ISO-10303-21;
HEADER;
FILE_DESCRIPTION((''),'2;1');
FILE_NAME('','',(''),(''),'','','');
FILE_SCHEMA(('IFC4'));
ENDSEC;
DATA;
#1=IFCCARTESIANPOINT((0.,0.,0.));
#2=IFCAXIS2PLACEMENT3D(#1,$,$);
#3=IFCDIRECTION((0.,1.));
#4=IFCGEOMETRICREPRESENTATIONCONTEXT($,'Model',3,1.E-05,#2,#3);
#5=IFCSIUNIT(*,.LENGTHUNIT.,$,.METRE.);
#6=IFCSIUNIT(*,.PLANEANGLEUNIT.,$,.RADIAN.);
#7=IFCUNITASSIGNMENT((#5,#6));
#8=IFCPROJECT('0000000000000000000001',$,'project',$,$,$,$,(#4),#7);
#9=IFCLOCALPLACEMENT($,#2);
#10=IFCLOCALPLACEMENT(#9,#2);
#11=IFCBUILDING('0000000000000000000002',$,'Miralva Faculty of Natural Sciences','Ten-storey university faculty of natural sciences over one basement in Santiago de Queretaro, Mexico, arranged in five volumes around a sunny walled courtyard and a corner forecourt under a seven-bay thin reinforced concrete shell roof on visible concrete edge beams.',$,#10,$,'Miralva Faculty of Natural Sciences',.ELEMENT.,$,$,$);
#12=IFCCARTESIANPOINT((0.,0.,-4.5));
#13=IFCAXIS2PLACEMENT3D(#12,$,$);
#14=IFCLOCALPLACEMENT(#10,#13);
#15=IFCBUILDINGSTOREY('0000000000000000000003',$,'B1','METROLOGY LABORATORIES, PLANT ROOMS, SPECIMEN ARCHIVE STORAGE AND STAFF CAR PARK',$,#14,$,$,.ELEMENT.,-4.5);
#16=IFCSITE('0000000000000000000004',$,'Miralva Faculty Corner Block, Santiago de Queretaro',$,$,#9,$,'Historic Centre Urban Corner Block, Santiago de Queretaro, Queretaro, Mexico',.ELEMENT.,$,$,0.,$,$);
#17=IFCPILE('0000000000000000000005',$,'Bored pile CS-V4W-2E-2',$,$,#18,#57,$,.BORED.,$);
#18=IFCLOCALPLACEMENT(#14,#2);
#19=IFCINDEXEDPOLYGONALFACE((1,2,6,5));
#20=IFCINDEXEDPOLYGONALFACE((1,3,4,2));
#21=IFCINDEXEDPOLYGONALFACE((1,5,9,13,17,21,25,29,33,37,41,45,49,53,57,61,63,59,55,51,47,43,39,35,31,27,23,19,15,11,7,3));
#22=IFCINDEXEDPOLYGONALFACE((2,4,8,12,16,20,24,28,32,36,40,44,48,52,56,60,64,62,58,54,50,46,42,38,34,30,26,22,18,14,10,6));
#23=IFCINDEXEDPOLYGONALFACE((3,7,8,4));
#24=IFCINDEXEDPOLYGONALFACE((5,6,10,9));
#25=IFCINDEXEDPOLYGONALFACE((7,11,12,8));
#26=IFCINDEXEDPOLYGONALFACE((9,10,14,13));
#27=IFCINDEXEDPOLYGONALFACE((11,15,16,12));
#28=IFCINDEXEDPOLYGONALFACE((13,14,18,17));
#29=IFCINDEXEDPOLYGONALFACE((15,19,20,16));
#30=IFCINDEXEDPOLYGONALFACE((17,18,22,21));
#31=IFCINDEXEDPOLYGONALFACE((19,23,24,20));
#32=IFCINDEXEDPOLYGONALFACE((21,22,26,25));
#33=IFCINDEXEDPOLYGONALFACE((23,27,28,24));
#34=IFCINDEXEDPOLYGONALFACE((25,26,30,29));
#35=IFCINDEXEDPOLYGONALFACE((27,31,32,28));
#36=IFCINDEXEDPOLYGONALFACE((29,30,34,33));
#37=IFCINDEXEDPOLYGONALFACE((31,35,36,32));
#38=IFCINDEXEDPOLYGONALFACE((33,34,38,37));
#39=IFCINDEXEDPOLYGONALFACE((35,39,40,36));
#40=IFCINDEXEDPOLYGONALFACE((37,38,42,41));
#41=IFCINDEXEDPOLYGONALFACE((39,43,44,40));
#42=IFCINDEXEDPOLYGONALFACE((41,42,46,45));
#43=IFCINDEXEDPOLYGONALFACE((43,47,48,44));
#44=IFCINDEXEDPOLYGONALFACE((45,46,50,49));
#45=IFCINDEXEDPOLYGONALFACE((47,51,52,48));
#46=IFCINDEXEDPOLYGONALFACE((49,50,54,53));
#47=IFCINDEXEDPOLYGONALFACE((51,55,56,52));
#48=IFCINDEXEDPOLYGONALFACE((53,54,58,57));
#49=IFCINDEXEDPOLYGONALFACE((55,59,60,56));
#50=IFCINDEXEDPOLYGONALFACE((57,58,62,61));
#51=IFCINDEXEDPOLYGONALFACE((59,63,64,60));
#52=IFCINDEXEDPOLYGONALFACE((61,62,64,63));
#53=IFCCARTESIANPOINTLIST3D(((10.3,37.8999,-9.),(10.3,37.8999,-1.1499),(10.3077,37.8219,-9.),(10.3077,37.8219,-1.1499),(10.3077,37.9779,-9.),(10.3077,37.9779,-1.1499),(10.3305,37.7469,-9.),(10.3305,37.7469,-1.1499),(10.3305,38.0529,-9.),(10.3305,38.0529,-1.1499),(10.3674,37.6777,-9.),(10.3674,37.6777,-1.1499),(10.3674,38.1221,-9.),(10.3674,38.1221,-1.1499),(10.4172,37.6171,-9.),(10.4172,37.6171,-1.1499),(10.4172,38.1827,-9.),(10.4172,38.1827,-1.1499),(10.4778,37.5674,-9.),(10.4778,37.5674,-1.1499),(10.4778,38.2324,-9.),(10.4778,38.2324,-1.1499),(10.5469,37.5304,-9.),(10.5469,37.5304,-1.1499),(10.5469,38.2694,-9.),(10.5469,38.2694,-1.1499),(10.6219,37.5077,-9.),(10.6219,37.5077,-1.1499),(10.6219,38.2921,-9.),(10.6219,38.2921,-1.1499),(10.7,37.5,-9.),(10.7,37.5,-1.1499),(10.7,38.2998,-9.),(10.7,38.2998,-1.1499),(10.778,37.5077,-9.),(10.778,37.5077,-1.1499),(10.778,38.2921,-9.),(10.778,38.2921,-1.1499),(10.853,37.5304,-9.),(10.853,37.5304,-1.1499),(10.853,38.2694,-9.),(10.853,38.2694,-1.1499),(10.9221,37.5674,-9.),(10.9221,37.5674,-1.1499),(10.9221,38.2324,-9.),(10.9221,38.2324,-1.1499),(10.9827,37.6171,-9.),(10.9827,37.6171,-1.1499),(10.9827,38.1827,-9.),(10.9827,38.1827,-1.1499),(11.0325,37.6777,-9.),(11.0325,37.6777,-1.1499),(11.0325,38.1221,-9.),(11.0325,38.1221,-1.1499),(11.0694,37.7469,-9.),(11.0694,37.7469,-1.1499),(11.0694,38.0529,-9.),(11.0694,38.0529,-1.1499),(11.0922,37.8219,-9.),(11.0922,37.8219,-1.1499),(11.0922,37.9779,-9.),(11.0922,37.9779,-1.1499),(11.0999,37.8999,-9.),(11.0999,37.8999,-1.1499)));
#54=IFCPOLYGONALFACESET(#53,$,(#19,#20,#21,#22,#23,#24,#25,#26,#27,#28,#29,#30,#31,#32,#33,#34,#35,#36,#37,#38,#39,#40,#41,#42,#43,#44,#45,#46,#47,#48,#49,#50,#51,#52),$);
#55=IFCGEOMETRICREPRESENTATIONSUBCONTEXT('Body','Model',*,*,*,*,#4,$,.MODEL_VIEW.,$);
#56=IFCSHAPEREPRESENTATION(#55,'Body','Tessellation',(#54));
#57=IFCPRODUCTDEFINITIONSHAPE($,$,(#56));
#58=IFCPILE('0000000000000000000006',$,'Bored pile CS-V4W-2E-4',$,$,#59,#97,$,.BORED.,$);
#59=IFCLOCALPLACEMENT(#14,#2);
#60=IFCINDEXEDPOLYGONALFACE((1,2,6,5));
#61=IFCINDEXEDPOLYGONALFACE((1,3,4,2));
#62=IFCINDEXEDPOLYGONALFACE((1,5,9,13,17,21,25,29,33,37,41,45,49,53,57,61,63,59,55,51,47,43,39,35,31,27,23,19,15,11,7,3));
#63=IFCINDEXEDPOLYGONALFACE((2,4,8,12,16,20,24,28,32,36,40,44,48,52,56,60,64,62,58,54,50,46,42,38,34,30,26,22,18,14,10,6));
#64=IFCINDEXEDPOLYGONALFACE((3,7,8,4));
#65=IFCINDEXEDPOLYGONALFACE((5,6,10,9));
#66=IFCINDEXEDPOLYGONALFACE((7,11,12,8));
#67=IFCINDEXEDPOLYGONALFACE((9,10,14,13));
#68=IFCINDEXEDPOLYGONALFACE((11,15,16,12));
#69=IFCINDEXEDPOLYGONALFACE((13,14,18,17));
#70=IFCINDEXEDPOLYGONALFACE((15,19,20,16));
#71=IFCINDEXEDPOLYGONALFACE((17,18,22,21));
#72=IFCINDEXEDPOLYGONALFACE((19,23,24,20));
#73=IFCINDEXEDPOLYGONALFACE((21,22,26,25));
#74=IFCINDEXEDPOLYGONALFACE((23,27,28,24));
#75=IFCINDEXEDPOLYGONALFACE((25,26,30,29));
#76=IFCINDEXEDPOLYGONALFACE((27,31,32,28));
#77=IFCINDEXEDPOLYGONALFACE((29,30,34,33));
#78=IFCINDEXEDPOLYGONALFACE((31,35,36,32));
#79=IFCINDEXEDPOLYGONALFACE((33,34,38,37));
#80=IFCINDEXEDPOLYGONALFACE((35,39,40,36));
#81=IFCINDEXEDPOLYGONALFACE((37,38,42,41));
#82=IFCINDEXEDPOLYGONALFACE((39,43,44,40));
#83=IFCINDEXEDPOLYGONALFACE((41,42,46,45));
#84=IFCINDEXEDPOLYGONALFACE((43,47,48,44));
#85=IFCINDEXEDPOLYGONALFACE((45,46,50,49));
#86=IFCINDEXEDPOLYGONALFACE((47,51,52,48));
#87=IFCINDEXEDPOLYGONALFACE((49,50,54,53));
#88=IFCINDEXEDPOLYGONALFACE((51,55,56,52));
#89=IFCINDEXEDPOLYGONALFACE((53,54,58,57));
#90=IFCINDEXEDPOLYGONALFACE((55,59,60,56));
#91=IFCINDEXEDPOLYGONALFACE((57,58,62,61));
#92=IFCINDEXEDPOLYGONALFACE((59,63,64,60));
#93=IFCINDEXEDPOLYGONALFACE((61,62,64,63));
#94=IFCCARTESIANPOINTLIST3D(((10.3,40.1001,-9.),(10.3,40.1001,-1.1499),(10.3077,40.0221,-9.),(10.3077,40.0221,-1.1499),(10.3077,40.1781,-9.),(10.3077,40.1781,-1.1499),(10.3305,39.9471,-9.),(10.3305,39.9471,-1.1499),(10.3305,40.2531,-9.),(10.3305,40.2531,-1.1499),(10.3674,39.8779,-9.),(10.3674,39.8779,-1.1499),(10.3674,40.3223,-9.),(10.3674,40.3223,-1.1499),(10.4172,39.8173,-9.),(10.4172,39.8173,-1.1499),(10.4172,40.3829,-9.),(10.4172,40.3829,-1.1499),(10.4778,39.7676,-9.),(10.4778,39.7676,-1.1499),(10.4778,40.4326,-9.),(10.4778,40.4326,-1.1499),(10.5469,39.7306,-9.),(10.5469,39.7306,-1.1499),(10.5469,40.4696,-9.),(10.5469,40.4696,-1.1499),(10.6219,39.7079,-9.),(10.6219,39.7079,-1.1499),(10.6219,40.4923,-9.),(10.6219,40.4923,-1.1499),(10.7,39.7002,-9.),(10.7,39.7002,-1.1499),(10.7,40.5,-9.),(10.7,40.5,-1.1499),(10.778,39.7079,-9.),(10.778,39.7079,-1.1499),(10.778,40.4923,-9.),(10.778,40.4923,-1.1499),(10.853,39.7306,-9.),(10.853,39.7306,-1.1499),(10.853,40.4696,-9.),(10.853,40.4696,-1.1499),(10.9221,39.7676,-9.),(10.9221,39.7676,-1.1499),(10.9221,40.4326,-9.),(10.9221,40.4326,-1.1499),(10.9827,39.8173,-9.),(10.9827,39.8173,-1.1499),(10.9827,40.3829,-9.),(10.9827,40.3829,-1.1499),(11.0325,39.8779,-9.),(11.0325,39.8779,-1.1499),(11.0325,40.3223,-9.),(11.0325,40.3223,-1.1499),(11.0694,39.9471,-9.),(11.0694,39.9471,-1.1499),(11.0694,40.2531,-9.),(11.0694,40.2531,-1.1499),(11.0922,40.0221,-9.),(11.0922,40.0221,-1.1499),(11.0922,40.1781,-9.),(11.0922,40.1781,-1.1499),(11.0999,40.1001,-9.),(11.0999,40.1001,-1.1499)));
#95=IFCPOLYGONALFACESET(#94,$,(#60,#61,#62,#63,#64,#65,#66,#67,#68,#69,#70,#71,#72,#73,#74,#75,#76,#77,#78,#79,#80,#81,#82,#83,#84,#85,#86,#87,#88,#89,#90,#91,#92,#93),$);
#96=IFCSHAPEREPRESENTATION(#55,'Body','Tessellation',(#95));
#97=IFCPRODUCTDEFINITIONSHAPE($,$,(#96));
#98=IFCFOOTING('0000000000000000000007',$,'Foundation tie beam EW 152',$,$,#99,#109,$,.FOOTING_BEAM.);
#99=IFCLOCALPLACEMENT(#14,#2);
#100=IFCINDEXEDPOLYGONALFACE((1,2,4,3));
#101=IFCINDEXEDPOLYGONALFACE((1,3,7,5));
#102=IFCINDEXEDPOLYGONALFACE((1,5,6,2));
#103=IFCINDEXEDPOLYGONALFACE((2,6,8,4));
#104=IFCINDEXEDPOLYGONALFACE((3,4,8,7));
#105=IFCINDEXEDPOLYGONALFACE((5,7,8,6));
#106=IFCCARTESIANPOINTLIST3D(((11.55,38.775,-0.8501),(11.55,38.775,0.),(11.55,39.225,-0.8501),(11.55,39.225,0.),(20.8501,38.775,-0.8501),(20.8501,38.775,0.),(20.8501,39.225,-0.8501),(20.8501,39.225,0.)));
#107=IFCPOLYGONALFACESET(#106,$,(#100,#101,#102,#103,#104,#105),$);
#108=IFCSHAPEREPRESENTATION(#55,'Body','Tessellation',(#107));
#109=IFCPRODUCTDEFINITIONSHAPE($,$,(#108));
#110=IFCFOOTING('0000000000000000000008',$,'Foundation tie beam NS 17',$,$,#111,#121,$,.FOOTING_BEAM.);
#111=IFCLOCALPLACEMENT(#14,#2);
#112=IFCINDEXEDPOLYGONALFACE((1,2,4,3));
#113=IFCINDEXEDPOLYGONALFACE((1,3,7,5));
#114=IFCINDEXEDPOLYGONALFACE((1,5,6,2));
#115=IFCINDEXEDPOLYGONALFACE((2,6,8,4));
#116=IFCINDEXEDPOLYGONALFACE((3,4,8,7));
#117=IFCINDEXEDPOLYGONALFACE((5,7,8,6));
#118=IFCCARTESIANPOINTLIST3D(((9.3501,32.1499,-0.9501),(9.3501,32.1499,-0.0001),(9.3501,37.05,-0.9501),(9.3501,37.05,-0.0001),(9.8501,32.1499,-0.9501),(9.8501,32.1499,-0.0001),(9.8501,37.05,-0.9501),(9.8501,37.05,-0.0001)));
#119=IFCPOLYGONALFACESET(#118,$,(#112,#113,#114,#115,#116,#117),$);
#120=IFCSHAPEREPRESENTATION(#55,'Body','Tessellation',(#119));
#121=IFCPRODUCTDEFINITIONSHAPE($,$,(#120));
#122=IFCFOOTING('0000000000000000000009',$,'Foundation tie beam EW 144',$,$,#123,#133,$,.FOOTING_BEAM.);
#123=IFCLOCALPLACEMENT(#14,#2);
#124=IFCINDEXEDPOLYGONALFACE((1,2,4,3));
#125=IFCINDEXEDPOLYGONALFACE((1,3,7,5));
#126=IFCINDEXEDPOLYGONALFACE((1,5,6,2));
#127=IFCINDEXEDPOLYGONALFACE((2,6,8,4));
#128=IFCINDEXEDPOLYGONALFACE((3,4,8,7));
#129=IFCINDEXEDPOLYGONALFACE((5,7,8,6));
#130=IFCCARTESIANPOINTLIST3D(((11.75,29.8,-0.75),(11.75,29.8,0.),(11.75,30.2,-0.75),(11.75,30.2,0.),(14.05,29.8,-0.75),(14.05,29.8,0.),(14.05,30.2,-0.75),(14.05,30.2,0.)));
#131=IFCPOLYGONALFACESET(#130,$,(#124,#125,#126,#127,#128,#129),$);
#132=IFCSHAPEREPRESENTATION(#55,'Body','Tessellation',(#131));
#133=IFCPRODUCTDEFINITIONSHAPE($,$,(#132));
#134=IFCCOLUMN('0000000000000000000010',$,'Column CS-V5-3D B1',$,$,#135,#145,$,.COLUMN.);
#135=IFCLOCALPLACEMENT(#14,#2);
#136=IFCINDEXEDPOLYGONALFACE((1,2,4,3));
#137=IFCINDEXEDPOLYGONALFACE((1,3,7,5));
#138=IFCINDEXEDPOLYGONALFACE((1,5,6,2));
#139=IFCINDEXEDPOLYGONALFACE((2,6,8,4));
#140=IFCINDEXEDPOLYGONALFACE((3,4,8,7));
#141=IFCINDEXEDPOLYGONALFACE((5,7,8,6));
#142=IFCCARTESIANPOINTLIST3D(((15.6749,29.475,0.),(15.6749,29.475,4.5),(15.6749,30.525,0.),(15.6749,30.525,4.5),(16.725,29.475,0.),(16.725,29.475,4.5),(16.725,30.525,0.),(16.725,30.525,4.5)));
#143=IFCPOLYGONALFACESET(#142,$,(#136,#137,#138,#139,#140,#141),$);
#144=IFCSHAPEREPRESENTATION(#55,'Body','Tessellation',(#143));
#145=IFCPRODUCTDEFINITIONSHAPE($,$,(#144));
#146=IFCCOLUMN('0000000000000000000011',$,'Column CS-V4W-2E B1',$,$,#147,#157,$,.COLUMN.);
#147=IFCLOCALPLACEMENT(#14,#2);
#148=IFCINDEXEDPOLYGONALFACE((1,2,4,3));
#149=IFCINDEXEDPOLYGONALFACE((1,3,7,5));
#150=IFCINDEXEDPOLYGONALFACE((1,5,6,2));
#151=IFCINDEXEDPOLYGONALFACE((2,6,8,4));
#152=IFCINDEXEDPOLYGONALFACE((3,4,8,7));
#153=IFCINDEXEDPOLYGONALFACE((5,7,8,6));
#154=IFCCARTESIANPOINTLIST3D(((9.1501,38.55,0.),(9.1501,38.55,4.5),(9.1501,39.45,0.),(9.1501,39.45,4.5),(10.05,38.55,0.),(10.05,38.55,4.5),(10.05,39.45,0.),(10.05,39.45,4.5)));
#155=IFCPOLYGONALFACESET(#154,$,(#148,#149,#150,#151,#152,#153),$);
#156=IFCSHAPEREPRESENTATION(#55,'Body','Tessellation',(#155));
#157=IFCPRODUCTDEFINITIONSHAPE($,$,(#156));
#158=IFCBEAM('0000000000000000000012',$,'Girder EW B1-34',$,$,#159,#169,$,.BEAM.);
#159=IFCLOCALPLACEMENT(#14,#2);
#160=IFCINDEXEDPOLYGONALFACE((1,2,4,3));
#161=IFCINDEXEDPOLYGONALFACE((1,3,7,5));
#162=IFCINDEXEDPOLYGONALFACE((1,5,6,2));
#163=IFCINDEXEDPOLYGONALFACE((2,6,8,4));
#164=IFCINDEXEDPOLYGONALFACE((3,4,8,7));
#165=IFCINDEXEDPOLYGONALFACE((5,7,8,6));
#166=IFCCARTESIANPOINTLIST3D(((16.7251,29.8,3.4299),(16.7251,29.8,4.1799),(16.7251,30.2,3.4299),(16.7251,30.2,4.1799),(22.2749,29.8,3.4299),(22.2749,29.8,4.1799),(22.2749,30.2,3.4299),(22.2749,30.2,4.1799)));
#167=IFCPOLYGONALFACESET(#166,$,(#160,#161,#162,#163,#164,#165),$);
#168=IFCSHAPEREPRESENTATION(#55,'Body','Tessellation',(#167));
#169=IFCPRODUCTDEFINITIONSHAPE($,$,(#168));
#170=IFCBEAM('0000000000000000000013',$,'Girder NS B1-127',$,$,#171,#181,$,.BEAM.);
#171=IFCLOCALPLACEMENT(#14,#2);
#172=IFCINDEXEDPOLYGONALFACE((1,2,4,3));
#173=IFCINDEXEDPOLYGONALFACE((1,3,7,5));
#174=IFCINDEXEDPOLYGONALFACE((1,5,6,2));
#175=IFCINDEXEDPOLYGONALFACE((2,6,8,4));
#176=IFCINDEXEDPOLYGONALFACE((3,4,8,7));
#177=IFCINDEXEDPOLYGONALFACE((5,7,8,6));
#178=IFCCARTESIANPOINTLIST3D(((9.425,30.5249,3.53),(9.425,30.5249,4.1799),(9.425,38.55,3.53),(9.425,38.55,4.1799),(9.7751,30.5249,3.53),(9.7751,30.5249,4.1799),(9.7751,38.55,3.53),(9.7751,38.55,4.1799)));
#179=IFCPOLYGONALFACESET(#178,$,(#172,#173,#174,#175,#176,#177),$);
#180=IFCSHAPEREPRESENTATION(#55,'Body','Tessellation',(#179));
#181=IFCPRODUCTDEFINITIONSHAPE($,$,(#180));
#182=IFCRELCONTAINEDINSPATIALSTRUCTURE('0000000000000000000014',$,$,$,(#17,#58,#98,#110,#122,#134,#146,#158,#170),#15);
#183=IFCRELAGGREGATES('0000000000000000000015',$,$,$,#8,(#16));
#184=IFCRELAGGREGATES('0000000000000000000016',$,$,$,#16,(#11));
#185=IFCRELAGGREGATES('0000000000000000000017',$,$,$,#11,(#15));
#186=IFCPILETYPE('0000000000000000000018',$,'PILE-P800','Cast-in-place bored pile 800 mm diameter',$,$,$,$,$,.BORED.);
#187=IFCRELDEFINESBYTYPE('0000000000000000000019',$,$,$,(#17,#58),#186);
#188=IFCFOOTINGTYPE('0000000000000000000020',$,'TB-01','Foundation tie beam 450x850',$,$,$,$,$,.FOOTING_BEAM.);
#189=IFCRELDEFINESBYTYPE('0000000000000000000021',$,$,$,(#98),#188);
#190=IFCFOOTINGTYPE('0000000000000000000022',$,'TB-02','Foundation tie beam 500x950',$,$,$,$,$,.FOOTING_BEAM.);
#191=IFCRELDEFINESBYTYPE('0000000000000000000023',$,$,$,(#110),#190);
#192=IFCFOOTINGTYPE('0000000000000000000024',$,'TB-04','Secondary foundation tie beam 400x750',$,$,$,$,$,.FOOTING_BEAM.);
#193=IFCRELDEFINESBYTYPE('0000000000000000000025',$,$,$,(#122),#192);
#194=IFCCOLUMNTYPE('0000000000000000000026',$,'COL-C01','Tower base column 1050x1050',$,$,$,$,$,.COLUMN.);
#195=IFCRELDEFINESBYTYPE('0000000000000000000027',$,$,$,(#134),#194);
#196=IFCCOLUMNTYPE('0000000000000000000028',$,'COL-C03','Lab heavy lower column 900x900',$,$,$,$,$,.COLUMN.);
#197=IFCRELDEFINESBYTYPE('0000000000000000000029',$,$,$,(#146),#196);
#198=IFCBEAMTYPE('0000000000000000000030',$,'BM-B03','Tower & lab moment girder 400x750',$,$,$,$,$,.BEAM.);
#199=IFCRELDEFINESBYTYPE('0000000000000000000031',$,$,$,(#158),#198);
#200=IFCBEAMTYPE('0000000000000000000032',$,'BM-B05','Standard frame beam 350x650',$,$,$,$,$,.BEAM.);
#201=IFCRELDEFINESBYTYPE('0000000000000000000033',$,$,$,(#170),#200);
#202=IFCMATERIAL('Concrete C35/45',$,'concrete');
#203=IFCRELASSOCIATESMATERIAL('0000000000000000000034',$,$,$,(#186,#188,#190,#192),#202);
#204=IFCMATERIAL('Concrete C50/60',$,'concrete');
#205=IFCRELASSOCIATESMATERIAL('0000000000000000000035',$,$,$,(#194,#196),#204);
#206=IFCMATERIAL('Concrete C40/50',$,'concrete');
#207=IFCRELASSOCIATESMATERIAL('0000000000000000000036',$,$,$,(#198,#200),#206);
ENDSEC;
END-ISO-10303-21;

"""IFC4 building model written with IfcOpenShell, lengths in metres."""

from ifc_helpers import new_model, si_unit, direction, frame, origin, origin_2d, place, context, subcontext, project, spatial, rectangle, circle, extrude, material, material_profile, profile_set, type_object, element, save


model = new_model("IFC4")

# Units and contexts
model_context = context("Model", 3, precision=1e-05, world=origin(), true_north=direction((0.0, 1.0)))
body_context = subcontext(model_context, "Body", "Model", "MODEL_VIEW")
ifc_project = project(units=[si_unit("LENGTHUNIT", "METRE"), si_unit("PLANEANGLEUNIT", "RADIAN")], contexts=[model_context])

# Site, building, storey
site_placement = place(None, origin())
site = spatial("IfcSite", under=ifc_project, at=site_placement, Name="Miralva Faculty Corner Block, Santiago de Queretaro", LongName="Historic Centre Urban Corner Block, Santiago de Queretaro, Queretaro, Mexico", CompositionType="ELEMENT", RefElevation=0.0)
building_placement = place(site_placement, origin())
building = spatial("IfcBuilding", under=site, at=building_placement, Name="Miralva Faculty of Natural Sciences", Description="Ten-storey university faculty of natural sciences over one basement in Santiago de Queretaro, Mexico, arranged in five volumes around a sunny walled courtyard and a corner forecourt under a seven-bay thin reinforced concrete shell roof on visible concrete edge beams.", LongName="Miralva Faculty of Natural Sciences", CompositionType="ELEMENT")
storey_placement = place(building_placement, frame((0.0, 0.0, -4.5)))
storey = spatial("IfcBuildingStorey", under=building, at=storey_placement, Name="B1", Description="METROLOGY LABORATORIES, PLANT ROOMS, SPECIMEN ARCHIVE STORAGE AND STAFF CAR PARK", CompositionType="ELEMENT", Elevation=-4.5)

# Shared definitions
ifc_material_1 = material(Name="Concrete C35/45", Category="concrete")

# Piles
ifc_material_profile_1 = material_profile(ifc_material_1, circle(Radius=0.3999, at=origin_2d()), Name="BORED PILE 800")
ifc_profile_set_1 = profile_set([ifc_material_profile_1], Name="Concrete C35/45")
pile_type_1 = type_object("IfcPileType", Name="PILE-P800", Description="Cast-in-place bored pile 800 mm diameter", PredefinedType="BORED", material=ifc_profile_set_1)
for number, where, z_axis, x_axis, name in (
    (1, (10.7, 37.8999, -1.1499), (0.0, 0.0, -1.0), (1.0, 0.0, 0.0), "Bored pile CS-V4W-2E-2"),
    (2, (10.7, 40.1001, -1.1499), (0.0, 0.0, -1.0), (1.0, 0.0, 0.0), "Bored pile CS-V4W-2E-4"),
):
    element("IfcPile", number, at=place(storey_placement, frame(where, z_axis=z_axis, x_axis=x_axis)), inside=storey, type_object=pile_type_1, Name=name, PredefinedType="BORED", context=body_context, shape_type="SweptSolid", body=[
        extrude(circle(Radius=0.3999, at=origin_2d()), origin(), (0.0, 0.0, 1.0), 7.8501),
    ])

# Footings
ifc_material_profile_2 = material_profile(ifc_material_1, rectangle(XDim=0.45, YDim=0.8501, at=origin_2d()), Name="RC 450x850")
ifc_profile_set_2 = profile_set([ifc_material_profile_2], Name="Concrete C35/45")
footing_type_1 = type_object("IfcFootingType", Name="TB-01", Description="Foundation tie beam 450x850", PredefinedType="FOOTING_BEAM", material=ifc_profile_set_2)
footing_1_placement = place(storey_placement, frame((11.55, 39.0, -0.425), z_axis=(1.0, 0.0, 0.0), x_axis=(0.0, 1.0, 0.0)))
element("IfcFooting", 3, at=footing_1_placement, inside=storey, type_object=footing_type_1, Name="Foundation tie beam EW 152", PredefinedType="FOOTING_BEAM", context=body_context, shape_type="SweptSolid", body=[
    extrude(rectangle(XDim=0.45, YDim=0.8501, at=origin_2d()), origin(), (0.0, 0.0, 1.0), 9.3),
])
ifc_material_profile_3 = material_profile(ifc_material_1, rectangle(XDim=0.5, YDim=0.95, at=origin_2d()), Name="RC 500x950")
ifc_profile_set_3 = profile_set([ifc_material_profile_3], Name="Concrete C35/45")
footing_type_2 = type_object("IfcFootingType", Name="TB-02", Description="Foundation tie beam 500x950", PredefinedType="FOOTING_BEAM", material=ifc_profile_set_3)
footing_2_placement = place(storey_placement, frame((9.6001, 32.1499, -0.4751), z_axis=(0.0, 1.0, 0.0), x_axis=(-1.0, 0.0, 0.0)))
element("IfcFooting", 4, at=footing_2_placement, inside=storey, type_object=footing_type_2, Name="Foundation tie beam NS 17", PredefinedType="FOOTING_BEAM", context=body_context, shape_type="SweptSolid", body=[
    extrude(rectangle(XDim=0.5, YDim=0.95, at=origin_2d()), origin(), (0.0, 0.0, 1.0), 4.9001),
])
ifc_material_profile_4 = material_profile(ifc_material_1, rectangle(XDim=0.3999, YDim=0.75, at=origin_2d()), Name="RC 400x750")
ifc_profile_set_4 = profile_set([ifc_material_profile_4], Name="Concrete C35/45")
footing_type_3 = type_object("IfcFootingType", Name="TB-04", Description="Secondary foundation tie beam 400x750", PredefinedType="FOOTING_BEAM", material=ifc_profile_set_4)
footing_3_placement = place(storey_placement, frame((11.75, 30.0, -0.375), z_axis=(1.0, 0.0, 0.0), x_axis=(0.0, 1.0, 0.0)))
element("IfcFooting", 5, at=footing_3_placement, inside=storey, type_object=footing_type_3, Name="Foundation tie beam EW 144", PredefinedType="FOOTING_BEAM", context=body_context, shape_type="SweptSolid", body=[
    extrude(rectangle(XDim=0.3999, YDim=0.75, at=origin_2d()), origin(), (0.0, 0.0, 1.0), 2.3),
])

# Columns
ifc_material_2 = material(Name="Concrete C50/60", Category="concrete")
ifc_material_profile_5 = material_profile(ifc_material_2, rectangle(XDim=1.05, YDim=1.05, at=origin_2d()), Name="RC 1050x1050")
ifc_profile_set_5 = profile_set([ifc_material_profile_5], Name="Concrete C50/60")
column_type_1 = type_object("IfcColumnType", Name="COL-C01", Description="Tower base column 1050x1050", PredefinedType="COLUMN", material=ifc_profile_set_5)
column_1_placement = place(storey_placement, frame((16.2, 30.0, 0.0), z_axis=(0.0, 0.0, 1.0), x_axis=(1.0, 0.0, 0.0)))
element("IfcColumn", 6, at=column_1_placement, inside=storey, type_object=column_type_1, Name="Column CS-V5-3D B1", PredefinedType="COLUMN", context=body_context, shape_type="SweptSolid", body=[
    extrude(rectangle(XDim=1.05, YDim=1.05, at=origin_2d()), origin(), (0.0, 0.0, 1.0), 4.5),
])
ifc_material_profile_6 = material_profile(ifc_material_2, rectangle(XDim=0.8999, YDim=0.8999, at=origin_2d()), Name="RC 900x900")
ifc_profile_set_6 = profile_set([ifc_material_profile_6], Name="Concrete C50/60")
column_type_2 = type_object("IfcColumnType", Name="COL-C03", Description="Lab heavy lower column 900x900", PredefinedType="COLUMN", material=ifc_profile_set_6)
column_2_placement = place(storey_placement, frame((9.6001, 39.0, 0.0), z_axis=(0.0, 0.0, 1.0), x_axis=(1.0, 0.0, 0.0)))
element("IfcColumn", 7, at=column_2_placement, inside=storey, type_object=column_type_2, Name="Column CS-V4W-2E B1", PredefinedType="COLUMN", context=body_context, shape_type="SweptSolid", body=[
    extrude(rectangle(XDim=0.8999, YDim=0.8999, at=origin_2d()), origin(), (0.0, 0.0, 1.0), 4.5),
])

# Beams
ifc_material_3 = material(Name="Concrete C40/50", Category="concrete")
ifc_material_profile_7 = material_profile(ifc_material_3, rectangle(XDim=0.3999, YDim=0.75, at=origin_2d()), Name="RC 400x750")
ifc_profile_set_7 = profile_set([ifc_material_profile_7], Name="Concrete C40/50")
beam_type_1 = type_object("IfcBeamType", Name="BM-B03", Description="Tower & lab moment girder 400x750", PredefinedType="BEAM", material=ifc_profile_set_7)
beam_1_placement = place(storey_placement, frame((16.7251, 30.0, 3.8049), z_axis=(1.0, 0.0, 0.0), x_axis=(0.0, 1.0, 0.0)))
element("IfcBeam", 8, at=beam_1_placement, inside=storey, type_object=beam_type_1, Name="Girder EW B1-34", PredefinedType="BEAM", context=body_context, shape_type="SweptSolid", body=[
    extrude(rectangle(XDim=0.3999, YDim=0.75, at=origin_2d()), origin(), (0.0, 0.0, 1.0), 5.5498),
])
ifc_material_profile_8 = material_profile(ifc_material_3, rectangle(XDim=0.3501, YDim=0.6499, at=origin_2d()), Name="RC 350x650")
ifc_profile_set_8 = profile_set([ifc_material_profile_8], Name="Concrete C40/50")
beam_type_2 = type_object("IfcBeamType", Name="BM-B05", Description="Standard frame beam 350x650", PredefinedType="BEAM", material=ifc_profile_set_8)
beam_2_placement = place(storey_placement, frame((9.6001, 30.5249, 3.855), z_axis=(0.0, 1.0, 0.0), x_axis=(-1.0, 0.0, 0.0)))
element("IfcBeam", 9, at=beam_2_placement, inside=storey, type_object=beam_type_2, Name="Girder NS B1-127", PredefinedType="BEAM", context=body_context, shape_type="SweptSolid", body=[
    extrude(rectangle(XDim=0.3501, YDim=0.6499, at=origin_2d()), origin(), (0.0, 0.0, 1.0), 8.0251),
])

save(model, "model.ifc")
